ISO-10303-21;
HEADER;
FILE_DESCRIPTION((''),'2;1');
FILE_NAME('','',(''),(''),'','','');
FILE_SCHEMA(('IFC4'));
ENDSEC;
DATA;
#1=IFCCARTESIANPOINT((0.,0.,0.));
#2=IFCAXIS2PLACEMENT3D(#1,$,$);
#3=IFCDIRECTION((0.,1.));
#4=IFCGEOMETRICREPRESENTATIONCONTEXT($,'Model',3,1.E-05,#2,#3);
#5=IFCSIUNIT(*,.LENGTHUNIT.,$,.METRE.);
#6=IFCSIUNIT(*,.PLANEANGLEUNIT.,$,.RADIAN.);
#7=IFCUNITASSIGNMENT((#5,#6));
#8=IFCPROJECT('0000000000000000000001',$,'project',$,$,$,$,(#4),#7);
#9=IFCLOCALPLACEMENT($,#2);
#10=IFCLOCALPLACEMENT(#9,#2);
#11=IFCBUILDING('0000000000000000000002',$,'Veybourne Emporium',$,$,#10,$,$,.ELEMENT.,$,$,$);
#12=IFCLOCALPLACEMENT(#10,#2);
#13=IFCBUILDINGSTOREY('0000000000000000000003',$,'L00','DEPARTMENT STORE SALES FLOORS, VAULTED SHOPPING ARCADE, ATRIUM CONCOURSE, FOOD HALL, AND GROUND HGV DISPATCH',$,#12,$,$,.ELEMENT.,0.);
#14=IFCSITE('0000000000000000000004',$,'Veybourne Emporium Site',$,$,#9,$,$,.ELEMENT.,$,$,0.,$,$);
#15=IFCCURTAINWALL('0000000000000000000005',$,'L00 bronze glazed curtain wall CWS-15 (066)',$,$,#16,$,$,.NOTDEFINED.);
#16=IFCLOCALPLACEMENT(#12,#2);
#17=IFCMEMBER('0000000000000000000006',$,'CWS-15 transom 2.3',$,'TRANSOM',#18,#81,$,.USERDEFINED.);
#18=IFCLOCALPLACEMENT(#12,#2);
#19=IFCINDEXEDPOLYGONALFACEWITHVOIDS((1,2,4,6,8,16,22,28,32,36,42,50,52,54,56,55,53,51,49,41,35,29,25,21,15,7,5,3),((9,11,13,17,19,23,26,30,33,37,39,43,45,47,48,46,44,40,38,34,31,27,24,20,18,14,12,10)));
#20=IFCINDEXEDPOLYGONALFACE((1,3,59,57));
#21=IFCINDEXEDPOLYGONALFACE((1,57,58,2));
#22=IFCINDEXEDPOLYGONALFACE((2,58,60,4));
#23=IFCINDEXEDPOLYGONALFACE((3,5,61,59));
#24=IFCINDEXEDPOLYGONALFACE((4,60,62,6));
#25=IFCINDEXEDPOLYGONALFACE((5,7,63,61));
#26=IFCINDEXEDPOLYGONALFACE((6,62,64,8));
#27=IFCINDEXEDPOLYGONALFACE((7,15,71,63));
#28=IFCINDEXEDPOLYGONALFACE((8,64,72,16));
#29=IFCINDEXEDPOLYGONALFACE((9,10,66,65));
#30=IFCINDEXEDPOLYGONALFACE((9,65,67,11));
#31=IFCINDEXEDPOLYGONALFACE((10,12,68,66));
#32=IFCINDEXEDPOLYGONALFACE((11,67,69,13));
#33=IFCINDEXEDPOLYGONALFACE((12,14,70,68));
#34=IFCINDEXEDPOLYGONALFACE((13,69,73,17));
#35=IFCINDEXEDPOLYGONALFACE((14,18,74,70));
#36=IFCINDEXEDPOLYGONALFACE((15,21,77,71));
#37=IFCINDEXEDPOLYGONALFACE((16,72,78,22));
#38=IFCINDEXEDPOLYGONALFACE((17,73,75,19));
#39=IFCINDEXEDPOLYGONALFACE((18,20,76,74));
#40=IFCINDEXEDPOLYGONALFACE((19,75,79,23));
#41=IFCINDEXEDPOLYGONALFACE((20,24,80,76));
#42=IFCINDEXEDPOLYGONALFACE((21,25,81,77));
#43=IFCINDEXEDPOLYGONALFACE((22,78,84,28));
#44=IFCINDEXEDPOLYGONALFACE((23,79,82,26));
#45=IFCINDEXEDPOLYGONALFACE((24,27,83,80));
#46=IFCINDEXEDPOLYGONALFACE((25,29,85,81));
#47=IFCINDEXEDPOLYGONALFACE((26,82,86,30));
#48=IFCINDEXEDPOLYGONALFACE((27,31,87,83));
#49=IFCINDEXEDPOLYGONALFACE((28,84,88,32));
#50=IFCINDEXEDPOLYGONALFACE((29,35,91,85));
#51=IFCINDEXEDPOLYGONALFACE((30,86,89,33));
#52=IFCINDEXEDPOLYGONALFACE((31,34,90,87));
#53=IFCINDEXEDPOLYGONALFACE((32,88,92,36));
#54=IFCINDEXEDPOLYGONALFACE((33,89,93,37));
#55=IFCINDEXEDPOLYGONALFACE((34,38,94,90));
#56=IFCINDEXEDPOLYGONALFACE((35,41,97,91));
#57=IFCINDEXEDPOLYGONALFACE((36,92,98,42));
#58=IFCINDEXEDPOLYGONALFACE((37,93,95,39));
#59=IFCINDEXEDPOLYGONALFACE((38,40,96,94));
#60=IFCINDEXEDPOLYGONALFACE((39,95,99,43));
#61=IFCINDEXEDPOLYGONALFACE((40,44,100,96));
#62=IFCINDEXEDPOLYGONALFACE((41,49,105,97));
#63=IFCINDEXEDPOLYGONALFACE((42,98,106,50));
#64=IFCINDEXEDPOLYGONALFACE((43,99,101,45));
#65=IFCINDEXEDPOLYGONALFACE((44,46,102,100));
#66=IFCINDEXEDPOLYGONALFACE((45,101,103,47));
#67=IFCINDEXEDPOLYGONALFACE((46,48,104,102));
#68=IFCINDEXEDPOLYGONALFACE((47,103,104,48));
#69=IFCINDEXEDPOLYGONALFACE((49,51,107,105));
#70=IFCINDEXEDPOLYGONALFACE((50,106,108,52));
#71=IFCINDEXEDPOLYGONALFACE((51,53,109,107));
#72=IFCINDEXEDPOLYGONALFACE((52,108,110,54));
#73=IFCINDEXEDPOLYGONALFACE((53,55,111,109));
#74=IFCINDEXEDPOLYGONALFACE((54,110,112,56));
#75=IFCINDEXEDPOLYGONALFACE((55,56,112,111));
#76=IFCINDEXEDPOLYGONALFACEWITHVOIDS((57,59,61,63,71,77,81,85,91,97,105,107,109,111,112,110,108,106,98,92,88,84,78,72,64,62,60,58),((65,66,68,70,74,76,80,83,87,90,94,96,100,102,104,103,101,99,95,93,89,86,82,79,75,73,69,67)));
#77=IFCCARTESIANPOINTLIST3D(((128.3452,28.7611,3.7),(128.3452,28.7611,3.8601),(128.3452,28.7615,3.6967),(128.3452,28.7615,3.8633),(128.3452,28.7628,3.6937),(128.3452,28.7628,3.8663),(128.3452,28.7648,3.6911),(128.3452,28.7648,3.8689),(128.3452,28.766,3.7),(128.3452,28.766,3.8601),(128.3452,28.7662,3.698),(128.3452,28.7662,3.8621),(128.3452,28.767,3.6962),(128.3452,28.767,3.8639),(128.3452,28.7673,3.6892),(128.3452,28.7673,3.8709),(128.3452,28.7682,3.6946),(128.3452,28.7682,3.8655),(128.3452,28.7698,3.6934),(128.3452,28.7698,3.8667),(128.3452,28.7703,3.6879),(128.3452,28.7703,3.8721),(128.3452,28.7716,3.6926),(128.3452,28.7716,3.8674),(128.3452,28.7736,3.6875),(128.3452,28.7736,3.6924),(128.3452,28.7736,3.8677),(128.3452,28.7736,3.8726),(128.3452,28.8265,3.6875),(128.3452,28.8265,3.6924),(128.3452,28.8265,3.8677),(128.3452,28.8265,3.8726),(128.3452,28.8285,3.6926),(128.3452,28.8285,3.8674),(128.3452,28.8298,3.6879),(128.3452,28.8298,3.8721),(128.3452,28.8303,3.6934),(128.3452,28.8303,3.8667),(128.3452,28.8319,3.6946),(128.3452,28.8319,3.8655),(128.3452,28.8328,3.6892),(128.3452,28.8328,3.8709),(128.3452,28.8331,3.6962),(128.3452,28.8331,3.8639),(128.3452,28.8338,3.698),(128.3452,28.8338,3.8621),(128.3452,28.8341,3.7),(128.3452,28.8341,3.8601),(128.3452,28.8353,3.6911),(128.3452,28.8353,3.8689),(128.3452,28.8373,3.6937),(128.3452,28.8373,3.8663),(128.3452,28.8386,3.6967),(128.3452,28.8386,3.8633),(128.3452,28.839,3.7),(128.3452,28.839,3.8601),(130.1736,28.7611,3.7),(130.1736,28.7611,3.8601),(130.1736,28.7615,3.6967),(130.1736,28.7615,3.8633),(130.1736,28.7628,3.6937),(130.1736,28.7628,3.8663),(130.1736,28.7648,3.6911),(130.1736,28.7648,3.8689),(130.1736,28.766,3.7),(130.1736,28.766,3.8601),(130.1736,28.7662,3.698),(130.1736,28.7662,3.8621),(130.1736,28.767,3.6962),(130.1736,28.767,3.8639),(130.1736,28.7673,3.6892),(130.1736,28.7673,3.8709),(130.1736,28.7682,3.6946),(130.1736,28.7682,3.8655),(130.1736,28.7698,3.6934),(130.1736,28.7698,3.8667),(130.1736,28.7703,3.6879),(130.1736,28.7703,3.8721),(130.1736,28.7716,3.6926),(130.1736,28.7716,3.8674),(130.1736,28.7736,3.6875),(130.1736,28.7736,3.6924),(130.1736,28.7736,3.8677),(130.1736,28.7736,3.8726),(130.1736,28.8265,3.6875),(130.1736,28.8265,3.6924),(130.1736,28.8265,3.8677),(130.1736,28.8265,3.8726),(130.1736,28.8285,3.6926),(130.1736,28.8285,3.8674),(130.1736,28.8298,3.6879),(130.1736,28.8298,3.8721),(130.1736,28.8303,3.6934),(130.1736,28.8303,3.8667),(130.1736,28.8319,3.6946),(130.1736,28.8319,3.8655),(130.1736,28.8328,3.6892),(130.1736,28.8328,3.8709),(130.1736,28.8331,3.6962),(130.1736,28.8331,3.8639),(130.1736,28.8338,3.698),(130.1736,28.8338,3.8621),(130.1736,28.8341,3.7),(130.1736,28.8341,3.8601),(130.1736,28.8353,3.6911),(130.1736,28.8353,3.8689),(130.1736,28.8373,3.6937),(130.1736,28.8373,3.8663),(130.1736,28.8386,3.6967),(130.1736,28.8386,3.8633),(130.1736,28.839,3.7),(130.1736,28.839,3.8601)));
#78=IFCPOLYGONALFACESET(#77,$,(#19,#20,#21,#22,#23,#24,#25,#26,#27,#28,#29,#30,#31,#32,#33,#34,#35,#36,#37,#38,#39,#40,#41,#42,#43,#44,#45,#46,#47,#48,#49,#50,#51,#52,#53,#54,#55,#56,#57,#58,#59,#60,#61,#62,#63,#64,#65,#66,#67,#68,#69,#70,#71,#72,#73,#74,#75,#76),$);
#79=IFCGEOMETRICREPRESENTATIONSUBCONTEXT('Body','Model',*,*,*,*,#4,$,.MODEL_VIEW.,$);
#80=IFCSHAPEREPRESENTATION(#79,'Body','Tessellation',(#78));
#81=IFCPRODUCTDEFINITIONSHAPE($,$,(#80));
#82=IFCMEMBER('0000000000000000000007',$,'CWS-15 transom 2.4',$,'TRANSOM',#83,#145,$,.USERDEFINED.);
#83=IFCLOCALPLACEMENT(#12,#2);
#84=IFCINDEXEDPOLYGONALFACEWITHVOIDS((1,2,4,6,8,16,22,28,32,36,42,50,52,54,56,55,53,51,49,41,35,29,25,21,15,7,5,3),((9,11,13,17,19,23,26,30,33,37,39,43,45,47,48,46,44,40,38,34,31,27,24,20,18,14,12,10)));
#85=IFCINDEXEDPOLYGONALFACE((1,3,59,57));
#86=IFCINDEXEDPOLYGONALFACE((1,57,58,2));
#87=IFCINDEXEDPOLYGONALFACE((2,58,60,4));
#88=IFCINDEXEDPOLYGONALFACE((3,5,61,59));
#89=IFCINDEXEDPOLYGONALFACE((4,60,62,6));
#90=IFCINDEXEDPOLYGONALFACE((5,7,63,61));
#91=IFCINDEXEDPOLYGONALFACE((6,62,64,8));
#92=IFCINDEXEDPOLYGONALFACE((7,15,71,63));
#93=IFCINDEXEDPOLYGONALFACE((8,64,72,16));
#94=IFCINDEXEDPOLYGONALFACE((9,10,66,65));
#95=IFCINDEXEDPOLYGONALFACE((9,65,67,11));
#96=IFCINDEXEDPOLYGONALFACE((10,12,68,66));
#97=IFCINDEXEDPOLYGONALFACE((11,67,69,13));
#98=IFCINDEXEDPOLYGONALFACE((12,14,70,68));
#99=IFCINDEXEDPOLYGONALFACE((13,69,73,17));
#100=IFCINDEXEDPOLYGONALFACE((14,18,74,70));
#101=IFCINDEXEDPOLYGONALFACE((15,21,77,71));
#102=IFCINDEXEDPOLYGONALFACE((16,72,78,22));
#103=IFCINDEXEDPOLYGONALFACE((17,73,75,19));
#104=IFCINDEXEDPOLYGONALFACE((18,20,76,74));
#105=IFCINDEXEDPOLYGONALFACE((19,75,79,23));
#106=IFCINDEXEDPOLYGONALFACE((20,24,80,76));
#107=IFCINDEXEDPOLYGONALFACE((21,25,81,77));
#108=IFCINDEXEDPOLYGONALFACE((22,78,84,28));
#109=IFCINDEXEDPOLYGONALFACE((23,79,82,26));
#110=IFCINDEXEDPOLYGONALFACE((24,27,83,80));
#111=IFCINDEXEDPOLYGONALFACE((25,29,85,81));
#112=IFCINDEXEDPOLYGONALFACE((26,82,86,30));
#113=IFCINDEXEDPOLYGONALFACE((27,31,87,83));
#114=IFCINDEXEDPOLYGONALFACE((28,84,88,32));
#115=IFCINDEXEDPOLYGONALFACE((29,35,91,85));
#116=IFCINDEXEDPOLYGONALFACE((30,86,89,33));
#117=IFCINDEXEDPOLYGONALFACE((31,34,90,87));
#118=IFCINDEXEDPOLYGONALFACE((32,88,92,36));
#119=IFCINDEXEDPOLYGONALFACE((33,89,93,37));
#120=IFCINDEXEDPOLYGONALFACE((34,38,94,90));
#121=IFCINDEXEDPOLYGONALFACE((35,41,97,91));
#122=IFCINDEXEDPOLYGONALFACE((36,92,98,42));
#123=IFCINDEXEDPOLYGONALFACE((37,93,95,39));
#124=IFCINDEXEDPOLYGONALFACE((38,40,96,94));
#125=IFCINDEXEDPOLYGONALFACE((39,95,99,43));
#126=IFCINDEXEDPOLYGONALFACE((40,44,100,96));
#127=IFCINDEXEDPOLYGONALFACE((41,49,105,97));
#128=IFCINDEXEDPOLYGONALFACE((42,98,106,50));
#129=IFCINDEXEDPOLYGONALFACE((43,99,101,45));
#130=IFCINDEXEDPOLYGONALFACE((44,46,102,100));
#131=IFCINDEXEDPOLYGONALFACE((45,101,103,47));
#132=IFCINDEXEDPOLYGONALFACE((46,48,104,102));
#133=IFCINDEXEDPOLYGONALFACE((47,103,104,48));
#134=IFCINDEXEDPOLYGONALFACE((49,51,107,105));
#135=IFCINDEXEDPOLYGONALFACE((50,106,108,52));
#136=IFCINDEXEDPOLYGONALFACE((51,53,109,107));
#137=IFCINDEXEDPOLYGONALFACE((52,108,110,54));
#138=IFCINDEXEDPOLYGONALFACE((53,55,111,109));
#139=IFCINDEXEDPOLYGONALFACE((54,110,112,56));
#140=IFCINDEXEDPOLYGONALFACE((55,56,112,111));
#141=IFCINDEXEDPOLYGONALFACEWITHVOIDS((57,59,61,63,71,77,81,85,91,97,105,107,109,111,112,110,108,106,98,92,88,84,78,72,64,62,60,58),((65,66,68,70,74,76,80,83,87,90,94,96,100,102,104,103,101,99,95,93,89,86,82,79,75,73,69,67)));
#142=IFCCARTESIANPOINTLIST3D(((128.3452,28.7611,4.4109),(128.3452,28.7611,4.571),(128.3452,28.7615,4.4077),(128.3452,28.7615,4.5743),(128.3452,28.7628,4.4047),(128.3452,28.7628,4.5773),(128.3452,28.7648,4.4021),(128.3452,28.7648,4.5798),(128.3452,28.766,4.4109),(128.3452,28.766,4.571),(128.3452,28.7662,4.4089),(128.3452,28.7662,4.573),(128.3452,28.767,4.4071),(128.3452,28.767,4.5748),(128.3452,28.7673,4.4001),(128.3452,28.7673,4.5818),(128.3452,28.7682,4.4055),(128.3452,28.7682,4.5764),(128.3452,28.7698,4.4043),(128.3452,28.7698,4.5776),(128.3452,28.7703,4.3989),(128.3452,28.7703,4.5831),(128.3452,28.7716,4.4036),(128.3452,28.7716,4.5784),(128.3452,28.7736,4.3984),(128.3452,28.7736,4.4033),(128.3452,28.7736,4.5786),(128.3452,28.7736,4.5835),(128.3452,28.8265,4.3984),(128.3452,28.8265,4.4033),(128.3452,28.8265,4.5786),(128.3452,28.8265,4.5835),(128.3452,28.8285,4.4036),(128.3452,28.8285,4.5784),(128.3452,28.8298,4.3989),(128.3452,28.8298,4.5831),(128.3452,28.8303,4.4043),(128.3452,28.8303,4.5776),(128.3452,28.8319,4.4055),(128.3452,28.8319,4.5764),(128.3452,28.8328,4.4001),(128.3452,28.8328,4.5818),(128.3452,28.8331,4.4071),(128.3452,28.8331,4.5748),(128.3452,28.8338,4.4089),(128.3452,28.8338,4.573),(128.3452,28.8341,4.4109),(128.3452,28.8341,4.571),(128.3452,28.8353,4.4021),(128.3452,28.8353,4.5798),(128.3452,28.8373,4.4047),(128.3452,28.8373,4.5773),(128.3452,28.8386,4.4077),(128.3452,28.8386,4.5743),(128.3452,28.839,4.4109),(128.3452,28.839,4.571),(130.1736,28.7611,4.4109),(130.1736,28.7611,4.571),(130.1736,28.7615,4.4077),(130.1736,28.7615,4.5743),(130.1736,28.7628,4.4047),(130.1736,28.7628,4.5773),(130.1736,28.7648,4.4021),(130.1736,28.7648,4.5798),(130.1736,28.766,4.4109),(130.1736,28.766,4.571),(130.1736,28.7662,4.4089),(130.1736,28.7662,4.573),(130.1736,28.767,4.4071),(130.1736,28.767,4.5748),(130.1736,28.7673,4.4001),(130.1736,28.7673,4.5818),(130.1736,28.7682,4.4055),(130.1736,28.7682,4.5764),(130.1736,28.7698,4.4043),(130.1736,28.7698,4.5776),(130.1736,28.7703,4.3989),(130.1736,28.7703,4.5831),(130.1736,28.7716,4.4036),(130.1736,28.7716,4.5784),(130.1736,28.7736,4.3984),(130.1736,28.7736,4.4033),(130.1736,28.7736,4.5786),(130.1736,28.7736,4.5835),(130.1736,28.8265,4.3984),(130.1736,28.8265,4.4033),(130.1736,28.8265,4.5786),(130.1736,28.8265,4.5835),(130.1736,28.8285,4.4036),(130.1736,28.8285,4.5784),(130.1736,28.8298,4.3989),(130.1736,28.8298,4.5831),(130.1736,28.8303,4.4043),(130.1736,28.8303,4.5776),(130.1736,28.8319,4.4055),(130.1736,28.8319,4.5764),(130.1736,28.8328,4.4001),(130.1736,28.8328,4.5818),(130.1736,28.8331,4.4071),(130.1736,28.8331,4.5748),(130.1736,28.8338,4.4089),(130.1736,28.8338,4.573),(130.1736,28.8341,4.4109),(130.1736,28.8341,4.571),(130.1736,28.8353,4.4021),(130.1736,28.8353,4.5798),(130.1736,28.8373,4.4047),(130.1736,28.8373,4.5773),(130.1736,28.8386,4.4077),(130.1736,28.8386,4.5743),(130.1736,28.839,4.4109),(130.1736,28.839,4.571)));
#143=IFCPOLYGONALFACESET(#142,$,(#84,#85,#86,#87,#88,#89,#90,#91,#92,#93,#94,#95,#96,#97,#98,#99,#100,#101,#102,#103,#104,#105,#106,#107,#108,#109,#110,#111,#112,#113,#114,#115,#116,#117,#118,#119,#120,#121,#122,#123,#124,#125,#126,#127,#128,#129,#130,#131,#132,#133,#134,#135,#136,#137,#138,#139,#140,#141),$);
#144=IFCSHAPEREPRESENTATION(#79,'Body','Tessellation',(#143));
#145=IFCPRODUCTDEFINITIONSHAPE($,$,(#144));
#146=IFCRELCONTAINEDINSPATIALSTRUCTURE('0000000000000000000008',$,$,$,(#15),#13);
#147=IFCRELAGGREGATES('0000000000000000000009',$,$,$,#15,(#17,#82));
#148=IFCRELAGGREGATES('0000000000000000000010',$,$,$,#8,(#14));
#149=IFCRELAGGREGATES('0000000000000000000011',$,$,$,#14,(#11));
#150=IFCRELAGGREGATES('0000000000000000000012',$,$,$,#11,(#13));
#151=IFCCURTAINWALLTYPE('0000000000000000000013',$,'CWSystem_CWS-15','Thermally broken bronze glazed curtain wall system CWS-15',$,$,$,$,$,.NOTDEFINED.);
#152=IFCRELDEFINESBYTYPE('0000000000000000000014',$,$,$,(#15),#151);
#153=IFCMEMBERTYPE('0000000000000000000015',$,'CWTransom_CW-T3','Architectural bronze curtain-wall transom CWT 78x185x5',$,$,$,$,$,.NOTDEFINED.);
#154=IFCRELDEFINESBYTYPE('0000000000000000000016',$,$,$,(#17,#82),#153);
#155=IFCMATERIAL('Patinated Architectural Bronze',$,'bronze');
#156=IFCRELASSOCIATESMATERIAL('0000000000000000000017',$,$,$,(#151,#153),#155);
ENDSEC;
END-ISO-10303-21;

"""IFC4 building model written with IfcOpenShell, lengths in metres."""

from ifc_helpers import new_model, si_unit, direction, frame, origin, origin_2d, place, context, subcontext, project, spatial, hollow_rectangle, extrude, material, material_profile, profile_set, type_object, element, aggregate, save


model = new_model("IFC4")

# Units and contexts
model_context = context("Model", 3, precision=1e-05, world=origin(), true_north=direction((0.0, 1.0)))
body_context = subcontext(model_context, "Body", "Model", "MODEL_VIEW")
ifc_project = project(units=[si_unit("LENGTHUNIT", "METRE"), si_unit("PLANEANGLEUNIT", "RADIAN")], contexts=[model_context])

# Site, building, storey
site_placement = place(None, origin())
site = spatial("IfcSite", under=ifc_project, at=site_placement, Name="Veybourne Emporium Site", CompositionType="ELEMENT", RefElevation=0.0)
building_placement = place(site_placement, origin())
building = spatial("IfcBuilding", under=site, at=building_placement, Name="Veybourne Emporium", CompositionType="ELEMENT")
storey_placement = place(building_placement, origin())
storey = spatial("IfcBuildingStorey", under=building, at=storey_placement, Name="L00", Description="DEPARTMENT STORE SALES FLOORS, VAULTED SHOPPING ARCADE, ATRIUM CONCOURSE, FOOD HALL, AND GROUND HGV DISPATCH", CompositionType="ELEMENT", Elevation=0.0)

# Curtain wall, members
ifc_material_1 = material(Name="Patinated Architectural Bronze", Category="bronze")
curtain_wall_type = type_object("IfcCurtainWallType", Name="CWSystem_CWS-15", Description="Thermally broken bronze glazed curtain wall system CWS-15", PredefinedType="NOTDEFINED", material=ifc_material_1)
curtain_wall_placement = place(storey_placement, origin())
curtain_wall = element("IfcCurtainWall", 1, at=curtain_wall_placement, inside=storey, type_object=curtain_wall_type, Name="L00 bronze glazed curtain wall CWS-15 (066)", PredefinedType="NOTDEFINED")
ifc_material_profile_1 = material_profile(ifc_material_1, hollow_rectangle(XDim=0.0779, YDim=0.1851, WallThickness=0.0049, InnerFilletRadius=0.0076, OuterFilletRadius=0.0125, at=origin_2d()), Name="CWT 78x185x5")
ifc_profile_set_1 = profile_set([ifc_material_profile_1], Name="Patinated Architectural Bronze")
member_type_1 = type_object("IfcMemberType", Name="CWTransom_CW-T3", Description="Architectural bronze curtain-wall transom CWT 78x185x5", PredefinedType="NOTDEFINED", material=ifc_profile_set_1)
member_1_placement = place(storey_placement, frame((128.3452, 28.8, 3.78), z_axis=(1.0, 0.0, 0.0), x_axis=(0.0, 1.0, 0.0)))
member_1 = element("IfcMember", 2, at=member_1_placement, type_object=member_type_1, Name="CWS-15 transom 2.3", ObjectType="TRANSOM", PredefinedType="USERDEFINED", context=body_context, shape_type="SweptSolid", body=[
    extrude(hollow_rectangle(XDim=0.0779, YDim=0.1851, WallThickness=0.0049, InnerFilletRadius=0.0076, OuterFilletRadius=0.0125, at=origin_2d()), origin(), (0.0, 0.0, 1.0), 1.8284),
])
member_2_placement = place(storey_placement, frame((128.3452, 28.8, 4.491), z_axis=(1.0, 0.0, 0.0), x_axis=(0.0, 1.0, 0.0)))
member_2 = element("IfcMember", 3, at=member_2_placement, type_object=member_type_1, Name="CWS-15 transom 2.4", ObjectType="TRANSOM", PredefinedType="USERDEFINED", context=body_context, shape_type="SweptSolid", body=[
    extrude(hollow_rectangle(XDim=0.0779, YDim=0.1851, WallThickness=0.0049, InnerFilletRadius=0.0076, OuterFilletRadius=0.0125, at=origin_2d()), origin(), (0.0, 0.0, 1.0), 1.8284),
])
aggregate(curtain_wall, [member_1, member_2])

save(model, "model.ifc")
